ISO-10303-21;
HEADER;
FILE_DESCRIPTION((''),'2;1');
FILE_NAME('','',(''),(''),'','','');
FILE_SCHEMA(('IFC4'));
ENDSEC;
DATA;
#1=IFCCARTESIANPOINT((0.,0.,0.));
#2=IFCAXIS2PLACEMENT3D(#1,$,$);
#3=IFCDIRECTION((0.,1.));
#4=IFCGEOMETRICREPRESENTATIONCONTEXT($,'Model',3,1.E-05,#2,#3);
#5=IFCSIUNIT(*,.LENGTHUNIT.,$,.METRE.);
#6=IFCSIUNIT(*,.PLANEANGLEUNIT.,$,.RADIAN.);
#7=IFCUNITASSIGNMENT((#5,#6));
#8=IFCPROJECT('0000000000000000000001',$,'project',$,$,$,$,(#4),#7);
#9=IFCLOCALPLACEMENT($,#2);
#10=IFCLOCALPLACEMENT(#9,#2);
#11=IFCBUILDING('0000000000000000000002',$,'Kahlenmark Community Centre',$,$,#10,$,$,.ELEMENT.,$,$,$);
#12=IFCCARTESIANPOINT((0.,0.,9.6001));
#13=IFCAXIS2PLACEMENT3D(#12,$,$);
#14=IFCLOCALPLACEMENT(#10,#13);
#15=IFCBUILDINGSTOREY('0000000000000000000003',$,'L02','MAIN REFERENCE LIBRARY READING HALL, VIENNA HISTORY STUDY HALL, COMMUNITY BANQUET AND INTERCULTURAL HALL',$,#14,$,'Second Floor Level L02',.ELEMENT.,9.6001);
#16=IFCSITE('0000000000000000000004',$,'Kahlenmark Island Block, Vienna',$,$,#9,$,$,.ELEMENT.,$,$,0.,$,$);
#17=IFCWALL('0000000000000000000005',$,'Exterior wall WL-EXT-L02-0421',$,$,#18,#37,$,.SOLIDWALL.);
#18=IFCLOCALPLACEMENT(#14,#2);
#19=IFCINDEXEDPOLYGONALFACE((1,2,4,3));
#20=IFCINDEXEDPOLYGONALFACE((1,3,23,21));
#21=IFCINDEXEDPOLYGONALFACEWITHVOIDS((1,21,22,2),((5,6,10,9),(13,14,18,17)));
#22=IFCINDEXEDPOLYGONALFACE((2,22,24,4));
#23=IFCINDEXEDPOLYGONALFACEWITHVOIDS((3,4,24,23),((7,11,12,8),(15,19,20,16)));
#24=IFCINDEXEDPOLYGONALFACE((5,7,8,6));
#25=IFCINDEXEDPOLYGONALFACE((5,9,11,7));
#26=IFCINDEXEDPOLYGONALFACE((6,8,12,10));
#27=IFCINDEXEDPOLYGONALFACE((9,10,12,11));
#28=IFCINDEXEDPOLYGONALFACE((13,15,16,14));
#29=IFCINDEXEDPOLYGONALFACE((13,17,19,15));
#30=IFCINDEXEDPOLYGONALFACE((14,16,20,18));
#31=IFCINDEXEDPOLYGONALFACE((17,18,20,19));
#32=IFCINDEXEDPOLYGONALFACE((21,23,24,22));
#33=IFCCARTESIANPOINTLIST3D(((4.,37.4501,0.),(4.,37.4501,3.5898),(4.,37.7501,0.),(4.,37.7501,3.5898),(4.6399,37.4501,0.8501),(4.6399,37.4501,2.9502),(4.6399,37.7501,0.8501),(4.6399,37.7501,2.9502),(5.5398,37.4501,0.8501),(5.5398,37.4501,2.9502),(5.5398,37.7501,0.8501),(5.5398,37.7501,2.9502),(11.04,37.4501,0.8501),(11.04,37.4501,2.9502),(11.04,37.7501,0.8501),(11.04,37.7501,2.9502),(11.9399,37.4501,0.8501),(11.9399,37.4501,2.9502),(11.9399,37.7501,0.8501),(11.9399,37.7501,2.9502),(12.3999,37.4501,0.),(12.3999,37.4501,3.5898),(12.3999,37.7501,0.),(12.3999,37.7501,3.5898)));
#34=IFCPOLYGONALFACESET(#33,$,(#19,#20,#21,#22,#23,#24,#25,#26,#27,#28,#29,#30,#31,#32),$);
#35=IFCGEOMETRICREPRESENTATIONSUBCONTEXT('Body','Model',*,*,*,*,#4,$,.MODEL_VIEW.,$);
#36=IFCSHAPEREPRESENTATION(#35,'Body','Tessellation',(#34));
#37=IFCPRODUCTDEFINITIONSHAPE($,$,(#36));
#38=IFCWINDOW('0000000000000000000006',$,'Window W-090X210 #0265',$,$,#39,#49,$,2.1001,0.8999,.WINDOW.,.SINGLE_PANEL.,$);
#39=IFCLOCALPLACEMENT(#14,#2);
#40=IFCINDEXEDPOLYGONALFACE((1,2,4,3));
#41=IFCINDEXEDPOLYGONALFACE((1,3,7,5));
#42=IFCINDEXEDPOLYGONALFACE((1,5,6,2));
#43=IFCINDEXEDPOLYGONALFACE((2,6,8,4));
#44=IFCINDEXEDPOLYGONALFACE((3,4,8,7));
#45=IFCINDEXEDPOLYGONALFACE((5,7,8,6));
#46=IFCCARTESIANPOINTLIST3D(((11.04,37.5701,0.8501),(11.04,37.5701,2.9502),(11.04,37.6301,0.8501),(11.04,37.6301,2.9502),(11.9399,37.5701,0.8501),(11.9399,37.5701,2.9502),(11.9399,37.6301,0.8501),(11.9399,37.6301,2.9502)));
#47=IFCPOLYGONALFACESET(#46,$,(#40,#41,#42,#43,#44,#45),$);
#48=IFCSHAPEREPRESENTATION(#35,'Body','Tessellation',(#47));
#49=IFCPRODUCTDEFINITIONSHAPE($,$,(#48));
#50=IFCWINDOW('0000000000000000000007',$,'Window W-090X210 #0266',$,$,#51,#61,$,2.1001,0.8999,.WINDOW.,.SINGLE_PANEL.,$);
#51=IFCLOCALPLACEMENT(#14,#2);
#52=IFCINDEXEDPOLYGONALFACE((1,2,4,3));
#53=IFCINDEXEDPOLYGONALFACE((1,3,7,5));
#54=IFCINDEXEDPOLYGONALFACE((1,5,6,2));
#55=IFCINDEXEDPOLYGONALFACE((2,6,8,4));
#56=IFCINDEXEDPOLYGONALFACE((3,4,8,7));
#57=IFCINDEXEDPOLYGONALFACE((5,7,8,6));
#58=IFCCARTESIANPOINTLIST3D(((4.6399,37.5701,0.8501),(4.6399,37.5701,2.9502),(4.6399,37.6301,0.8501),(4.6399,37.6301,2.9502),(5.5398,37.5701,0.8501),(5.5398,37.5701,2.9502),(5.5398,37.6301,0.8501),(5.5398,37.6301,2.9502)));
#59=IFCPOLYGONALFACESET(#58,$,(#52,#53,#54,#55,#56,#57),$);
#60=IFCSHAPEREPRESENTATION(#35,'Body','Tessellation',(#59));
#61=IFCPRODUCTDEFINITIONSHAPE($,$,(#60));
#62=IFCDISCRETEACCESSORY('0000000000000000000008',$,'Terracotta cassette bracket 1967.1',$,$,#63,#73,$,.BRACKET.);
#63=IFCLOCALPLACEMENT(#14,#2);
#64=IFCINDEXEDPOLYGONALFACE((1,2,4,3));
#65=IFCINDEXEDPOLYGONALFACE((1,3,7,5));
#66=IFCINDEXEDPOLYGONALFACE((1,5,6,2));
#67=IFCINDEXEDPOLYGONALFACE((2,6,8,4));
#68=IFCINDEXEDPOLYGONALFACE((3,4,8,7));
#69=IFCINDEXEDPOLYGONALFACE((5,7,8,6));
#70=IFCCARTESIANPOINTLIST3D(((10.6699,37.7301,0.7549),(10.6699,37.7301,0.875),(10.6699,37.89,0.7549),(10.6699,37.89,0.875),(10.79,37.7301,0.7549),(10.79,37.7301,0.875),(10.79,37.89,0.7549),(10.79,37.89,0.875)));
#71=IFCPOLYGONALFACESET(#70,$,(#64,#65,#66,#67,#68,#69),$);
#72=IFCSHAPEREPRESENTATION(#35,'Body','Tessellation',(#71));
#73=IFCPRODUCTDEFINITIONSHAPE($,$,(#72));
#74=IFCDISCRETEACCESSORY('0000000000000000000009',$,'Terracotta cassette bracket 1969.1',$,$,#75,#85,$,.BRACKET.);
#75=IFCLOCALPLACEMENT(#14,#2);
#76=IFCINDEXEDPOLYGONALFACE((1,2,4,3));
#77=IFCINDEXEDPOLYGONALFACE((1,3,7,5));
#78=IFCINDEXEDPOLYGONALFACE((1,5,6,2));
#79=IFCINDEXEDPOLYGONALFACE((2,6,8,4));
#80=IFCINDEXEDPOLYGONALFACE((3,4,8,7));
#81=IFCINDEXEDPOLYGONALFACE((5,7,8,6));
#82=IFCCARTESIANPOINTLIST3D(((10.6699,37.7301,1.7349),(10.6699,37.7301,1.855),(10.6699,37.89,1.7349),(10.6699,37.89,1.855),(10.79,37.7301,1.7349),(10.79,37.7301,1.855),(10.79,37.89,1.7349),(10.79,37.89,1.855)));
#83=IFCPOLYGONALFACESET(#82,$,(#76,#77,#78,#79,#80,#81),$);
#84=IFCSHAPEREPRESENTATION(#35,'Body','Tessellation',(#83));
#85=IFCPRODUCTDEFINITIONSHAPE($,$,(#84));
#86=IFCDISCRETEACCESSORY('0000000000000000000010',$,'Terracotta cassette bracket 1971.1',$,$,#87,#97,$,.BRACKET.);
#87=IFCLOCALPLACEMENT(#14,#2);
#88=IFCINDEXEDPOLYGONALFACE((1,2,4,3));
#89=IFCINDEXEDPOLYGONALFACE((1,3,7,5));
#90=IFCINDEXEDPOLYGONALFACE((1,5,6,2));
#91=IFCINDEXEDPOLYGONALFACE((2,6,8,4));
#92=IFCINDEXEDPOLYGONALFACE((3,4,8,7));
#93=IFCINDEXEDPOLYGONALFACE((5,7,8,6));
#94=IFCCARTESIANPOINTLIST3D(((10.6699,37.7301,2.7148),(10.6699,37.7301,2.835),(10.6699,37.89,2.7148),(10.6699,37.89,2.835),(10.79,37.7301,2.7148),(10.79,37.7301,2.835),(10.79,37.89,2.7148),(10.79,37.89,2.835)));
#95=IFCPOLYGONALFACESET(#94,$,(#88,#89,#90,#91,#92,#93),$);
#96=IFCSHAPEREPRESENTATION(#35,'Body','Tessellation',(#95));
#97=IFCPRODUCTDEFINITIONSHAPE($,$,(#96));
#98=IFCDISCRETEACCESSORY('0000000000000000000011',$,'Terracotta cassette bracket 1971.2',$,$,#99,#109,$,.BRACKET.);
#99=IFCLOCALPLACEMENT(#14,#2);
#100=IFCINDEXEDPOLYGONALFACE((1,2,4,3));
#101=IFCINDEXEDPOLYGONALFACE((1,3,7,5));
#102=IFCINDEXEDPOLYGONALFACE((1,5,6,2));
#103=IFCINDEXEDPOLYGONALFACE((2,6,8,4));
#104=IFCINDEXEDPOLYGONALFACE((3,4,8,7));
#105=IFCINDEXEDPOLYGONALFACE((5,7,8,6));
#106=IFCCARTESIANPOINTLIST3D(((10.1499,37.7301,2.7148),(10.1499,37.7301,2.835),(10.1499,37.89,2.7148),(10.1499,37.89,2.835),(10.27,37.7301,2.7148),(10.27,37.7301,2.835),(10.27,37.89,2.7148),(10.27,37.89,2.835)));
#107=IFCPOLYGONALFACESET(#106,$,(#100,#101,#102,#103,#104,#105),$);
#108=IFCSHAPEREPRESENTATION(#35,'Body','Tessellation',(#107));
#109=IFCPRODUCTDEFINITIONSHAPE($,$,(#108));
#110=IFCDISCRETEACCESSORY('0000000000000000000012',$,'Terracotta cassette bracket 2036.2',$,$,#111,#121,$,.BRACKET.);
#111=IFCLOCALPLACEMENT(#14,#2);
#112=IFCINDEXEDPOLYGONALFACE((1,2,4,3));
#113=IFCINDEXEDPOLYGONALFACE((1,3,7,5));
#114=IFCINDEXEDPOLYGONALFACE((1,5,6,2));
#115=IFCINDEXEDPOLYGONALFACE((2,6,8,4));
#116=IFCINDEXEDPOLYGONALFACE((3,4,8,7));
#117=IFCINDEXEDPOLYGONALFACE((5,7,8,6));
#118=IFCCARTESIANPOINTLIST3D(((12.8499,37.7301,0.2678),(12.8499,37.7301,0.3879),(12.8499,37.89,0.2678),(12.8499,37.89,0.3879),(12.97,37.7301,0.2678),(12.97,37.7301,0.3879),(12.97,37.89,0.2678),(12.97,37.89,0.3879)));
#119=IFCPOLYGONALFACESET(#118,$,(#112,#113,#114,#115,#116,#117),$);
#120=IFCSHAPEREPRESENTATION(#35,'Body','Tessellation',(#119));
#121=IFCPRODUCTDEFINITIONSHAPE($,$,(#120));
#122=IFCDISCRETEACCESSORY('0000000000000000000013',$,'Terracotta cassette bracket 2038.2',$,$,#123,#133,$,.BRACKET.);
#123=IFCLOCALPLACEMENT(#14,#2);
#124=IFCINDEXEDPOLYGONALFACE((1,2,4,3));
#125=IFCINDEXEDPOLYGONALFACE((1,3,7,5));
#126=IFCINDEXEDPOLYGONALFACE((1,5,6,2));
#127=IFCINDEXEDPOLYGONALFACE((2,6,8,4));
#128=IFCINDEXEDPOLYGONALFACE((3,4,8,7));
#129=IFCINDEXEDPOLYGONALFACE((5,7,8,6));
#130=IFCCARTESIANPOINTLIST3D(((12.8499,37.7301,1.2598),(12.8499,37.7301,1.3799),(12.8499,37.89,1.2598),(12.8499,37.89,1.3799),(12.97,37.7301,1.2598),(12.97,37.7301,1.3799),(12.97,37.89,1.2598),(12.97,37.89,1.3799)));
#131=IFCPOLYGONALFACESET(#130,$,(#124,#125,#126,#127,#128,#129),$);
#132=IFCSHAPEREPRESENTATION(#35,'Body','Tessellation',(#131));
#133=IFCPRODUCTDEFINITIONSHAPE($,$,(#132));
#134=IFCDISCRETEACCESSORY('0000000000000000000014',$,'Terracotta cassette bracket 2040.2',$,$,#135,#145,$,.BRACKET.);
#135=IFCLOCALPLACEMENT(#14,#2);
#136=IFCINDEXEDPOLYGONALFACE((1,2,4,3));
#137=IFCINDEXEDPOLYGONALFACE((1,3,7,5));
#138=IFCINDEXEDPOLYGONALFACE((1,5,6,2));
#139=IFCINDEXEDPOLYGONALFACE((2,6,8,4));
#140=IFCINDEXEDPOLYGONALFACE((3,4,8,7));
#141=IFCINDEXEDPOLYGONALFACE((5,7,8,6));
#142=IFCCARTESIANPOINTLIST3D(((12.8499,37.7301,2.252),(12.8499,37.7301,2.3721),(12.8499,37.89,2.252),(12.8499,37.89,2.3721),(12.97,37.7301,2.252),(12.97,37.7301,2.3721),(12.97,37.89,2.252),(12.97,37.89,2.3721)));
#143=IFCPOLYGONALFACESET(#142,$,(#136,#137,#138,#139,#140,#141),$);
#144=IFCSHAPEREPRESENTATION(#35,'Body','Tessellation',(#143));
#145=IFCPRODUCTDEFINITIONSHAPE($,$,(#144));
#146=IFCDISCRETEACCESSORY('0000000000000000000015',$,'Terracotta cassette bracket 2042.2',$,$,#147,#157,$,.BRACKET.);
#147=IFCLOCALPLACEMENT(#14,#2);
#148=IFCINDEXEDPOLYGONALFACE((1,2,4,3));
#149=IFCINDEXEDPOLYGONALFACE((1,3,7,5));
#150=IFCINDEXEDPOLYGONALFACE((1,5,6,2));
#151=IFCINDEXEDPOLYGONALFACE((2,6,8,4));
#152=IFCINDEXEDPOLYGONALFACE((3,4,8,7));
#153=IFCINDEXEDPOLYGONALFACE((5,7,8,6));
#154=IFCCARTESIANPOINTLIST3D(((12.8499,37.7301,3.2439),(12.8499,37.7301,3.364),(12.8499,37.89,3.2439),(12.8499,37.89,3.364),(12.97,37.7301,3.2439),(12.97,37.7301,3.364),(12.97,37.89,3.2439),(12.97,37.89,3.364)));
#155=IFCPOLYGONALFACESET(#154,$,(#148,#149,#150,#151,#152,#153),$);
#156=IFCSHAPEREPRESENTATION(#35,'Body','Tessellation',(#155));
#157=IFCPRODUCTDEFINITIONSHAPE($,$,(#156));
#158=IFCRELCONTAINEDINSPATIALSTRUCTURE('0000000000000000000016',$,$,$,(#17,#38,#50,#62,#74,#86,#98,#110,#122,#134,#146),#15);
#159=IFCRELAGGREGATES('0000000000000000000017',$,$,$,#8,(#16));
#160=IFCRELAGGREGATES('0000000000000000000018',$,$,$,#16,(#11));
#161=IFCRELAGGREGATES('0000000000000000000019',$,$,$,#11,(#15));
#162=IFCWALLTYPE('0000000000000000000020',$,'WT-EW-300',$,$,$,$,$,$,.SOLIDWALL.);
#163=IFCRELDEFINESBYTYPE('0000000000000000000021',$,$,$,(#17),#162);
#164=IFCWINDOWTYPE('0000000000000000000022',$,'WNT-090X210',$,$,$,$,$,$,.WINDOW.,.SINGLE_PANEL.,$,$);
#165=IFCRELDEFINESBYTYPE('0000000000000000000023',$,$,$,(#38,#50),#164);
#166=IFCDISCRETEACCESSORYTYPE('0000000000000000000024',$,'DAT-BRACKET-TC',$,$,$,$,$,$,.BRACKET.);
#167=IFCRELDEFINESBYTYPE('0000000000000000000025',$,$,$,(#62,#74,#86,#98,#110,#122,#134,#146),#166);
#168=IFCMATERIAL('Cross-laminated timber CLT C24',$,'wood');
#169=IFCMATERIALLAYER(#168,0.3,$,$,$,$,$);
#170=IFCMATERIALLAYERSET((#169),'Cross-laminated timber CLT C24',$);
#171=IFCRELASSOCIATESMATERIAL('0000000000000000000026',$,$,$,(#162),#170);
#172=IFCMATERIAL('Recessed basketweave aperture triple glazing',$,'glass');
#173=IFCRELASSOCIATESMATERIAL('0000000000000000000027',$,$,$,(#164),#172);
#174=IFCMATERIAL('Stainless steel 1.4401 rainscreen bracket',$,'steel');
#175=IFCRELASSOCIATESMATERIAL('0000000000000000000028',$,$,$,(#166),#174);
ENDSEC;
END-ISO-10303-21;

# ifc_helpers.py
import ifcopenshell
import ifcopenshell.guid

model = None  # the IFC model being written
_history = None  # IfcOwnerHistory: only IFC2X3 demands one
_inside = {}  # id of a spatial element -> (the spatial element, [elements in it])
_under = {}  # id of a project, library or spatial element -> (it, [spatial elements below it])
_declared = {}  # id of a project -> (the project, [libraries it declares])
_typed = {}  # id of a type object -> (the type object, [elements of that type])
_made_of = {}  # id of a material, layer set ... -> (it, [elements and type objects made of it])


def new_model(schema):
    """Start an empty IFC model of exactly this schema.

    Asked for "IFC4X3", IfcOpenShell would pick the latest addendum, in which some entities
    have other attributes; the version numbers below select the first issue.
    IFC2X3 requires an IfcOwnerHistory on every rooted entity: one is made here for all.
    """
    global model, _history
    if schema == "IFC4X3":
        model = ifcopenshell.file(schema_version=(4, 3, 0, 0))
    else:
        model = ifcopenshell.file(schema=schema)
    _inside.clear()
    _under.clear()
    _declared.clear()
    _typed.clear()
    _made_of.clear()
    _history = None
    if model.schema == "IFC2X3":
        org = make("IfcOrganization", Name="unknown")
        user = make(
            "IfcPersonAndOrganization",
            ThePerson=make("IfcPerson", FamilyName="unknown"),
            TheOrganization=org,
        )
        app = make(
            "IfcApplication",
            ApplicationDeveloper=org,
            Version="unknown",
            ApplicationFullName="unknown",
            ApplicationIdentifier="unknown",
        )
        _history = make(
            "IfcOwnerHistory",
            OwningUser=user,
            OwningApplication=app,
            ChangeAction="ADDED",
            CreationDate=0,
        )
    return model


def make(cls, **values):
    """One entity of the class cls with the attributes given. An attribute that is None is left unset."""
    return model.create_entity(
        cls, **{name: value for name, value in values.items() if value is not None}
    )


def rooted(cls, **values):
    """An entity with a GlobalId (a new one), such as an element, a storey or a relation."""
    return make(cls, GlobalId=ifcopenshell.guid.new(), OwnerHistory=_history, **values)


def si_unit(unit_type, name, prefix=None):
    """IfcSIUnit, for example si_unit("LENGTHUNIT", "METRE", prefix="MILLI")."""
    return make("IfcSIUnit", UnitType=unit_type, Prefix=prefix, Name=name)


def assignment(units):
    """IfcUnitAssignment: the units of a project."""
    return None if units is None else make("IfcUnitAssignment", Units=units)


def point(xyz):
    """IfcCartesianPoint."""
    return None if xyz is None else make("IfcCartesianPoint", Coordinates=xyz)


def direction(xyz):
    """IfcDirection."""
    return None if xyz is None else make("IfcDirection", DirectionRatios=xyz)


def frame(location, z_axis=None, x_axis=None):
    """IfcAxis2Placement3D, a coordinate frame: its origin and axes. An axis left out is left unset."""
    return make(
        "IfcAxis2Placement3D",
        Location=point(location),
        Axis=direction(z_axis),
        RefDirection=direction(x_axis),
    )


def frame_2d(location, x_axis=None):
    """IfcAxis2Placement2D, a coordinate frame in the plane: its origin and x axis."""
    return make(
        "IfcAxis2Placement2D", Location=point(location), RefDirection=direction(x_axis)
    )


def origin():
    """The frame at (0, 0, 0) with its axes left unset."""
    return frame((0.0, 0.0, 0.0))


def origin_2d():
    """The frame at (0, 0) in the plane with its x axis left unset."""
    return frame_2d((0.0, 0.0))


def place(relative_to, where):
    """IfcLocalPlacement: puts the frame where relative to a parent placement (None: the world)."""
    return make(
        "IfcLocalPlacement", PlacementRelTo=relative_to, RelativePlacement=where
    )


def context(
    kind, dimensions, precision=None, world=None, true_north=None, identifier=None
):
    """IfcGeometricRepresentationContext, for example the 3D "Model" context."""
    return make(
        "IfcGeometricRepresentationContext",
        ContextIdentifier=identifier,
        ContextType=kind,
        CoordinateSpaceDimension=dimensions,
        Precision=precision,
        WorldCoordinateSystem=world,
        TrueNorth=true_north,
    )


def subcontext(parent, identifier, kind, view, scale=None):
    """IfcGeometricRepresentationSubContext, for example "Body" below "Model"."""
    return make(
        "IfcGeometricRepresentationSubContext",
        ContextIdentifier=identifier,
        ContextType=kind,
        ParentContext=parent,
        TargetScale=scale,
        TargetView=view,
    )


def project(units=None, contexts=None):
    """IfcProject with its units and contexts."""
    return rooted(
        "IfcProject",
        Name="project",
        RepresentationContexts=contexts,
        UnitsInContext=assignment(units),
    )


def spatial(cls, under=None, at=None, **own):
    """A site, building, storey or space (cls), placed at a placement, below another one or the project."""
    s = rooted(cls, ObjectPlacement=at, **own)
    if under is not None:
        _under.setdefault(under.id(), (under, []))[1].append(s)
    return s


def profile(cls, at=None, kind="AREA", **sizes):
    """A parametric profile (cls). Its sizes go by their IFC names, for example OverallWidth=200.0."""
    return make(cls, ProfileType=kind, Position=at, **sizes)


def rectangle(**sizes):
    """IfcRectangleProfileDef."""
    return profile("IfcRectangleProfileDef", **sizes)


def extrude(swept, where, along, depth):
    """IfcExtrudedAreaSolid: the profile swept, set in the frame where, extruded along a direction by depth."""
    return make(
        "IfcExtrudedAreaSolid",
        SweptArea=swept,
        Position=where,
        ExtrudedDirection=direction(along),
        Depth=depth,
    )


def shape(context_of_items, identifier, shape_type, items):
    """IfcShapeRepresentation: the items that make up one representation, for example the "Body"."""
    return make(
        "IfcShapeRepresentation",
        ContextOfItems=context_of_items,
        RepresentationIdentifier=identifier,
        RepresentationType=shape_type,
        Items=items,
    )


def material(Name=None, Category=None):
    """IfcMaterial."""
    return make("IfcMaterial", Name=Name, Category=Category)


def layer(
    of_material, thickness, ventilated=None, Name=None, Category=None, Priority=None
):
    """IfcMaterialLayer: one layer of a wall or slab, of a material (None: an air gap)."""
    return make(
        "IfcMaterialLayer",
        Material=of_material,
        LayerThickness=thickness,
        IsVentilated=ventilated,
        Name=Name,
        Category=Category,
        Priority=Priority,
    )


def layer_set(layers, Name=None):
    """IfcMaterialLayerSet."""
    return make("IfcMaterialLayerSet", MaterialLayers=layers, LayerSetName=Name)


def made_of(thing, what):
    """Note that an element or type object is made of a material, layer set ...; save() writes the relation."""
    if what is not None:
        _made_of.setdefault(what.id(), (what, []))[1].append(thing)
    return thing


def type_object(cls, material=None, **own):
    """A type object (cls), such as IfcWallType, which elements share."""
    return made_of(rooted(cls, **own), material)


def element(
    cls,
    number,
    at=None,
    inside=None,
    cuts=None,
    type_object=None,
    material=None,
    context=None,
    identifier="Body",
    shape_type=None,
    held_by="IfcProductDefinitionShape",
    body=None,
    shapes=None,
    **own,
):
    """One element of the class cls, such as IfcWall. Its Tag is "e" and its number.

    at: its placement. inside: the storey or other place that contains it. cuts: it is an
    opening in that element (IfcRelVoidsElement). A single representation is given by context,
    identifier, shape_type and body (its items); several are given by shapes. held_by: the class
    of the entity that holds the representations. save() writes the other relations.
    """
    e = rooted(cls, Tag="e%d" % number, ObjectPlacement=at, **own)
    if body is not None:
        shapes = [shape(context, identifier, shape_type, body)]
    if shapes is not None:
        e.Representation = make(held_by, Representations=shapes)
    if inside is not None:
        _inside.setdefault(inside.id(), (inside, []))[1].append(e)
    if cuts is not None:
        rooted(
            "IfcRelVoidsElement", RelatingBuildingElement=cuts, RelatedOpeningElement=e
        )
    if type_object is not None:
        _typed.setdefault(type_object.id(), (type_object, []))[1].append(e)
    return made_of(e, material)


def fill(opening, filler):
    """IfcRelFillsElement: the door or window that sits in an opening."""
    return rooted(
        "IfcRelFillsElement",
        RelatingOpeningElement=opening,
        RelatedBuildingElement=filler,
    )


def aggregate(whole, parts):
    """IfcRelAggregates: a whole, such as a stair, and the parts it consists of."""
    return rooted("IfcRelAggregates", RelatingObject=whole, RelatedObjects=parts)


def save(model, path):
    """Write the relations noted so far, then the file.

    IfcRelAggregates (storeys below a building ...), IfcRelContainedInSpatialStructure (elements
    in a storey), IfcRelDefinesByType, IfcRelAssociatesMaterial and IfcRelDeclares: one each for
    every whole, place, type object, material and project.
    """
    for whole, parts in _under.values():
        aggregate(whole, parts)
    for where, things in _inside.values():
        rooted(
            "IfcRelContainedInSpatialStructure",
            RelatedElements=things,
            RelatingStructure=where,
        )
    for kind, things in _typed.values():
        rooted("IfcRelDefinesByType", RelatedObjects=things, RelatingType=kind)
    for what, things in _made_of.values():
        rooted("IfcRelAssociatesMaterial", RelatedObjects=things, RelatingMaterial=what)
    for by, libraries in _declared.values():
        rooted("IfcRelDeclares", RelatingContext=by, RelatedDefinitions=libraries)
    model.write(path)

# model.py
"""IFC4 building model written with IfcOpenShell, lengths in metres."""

from ifc_helpers import new_model, si_unit, direction, frame, frame_2d, origin, origin_2d, place, context, subcontext, project, spatial, rectangle, extrude, material, layer, layer_set, type_object, element, fill, save


model = new_model("IFC4")

# Units and contexts
model_context = context("Model", 3, precision=1e-05, world=origin(), true_north=direction((0.0, 1.0)))
body_context = subcontext(model_context, "Body", "Model", "MODEL_VIEW")
ifc_project = project(units=[si_unit("LENGTHUNIT", "METRE"), si_unit("PLANEANGLEUNIT", "RADIAN")], contexts=[model_context])

# Site, building, storey
site_placement = place(None, origin())
site = spatial("IfcSite", under=ifc_project, at=site_placement, Name="Kahlenmark Island Block, Vienna", CompositionType="ELEMENT", RefElevation=0.0)
building_placement = place(site_placement, origin())
building = spatial("IfcBuilding", under=site, at=building_placement, Name="Kahlenmark Community Centre", CompositionType="ELEMENT")
storey_placement = place(building_placement, frame((0.0, 0.0, 9.6001)))
storey = spatial("IfcBuildingStorey", under=building, at=storey_placement, Name="L02", Description="MAIN REFERENCE LIBRARY READING HALL, VIENNA HISTORY STUDY HALL, COMMUNITY BANQUET AND INTERCULTURAL HALL", LongName="Second Floor Level L02", CompositionType="ELEMENT", Elevation=9.6001)

# Wall, openings, windows
ifc_material_1 = material(Name="Cross-laminated timber CLT C24", Category="wood")
ifc_layer_1 = layer(ifc_material_1, 0.3)
ifc_layer_set_1 = layer_set([ifc_layer_1], Name="Cross-laminated timber CLT C24")
wall_type = type_object("IfcWallType", Name="WT-EW-300", PredefinedType="SOLIDWALL", material=ifc_layer_set_1)
wall_placement = place(storey_placement, frame((12.3999, 37.6001, 0.0), z_axis=(0.0, 0.0, 1.0), x_axis=(-1.0, 0.0, 0.0)))
wall = element("IfcWall", 1, at=wall_placement, inside=storey, type_object=wall_type, Name="Exterior wall WL-EXT-L02-0421", PredefinedType="SOLIDWALL", context=body_context, shape_type="SweptSolid", body=[
    extrude(rectangle(XDim=8.3999, YDim=0.3, at=frame_2d((4.2, 0.0))), origin(), (0.0, 0.0, 1.0), 3.5898),
])
opening_1_placement = place(wall_placement, frame((0.46, 0.0, 0.8501)))
opening_1 = element("IfcOpeningElement", 2, at=opening_1_placement, cuts=wall, PredefinedType="OPENING", context=body_context, shape_type="SweptSolid", body=[
    extrude(rectangle(XDim=0.8999, YDim=2.1001, at=frame_2d((0.45, 1.05))), frame((0.0, 0.1599, 0.0), z_axis=(0.0, -1.0, 0.0), x_axis=(1.0, 0.0, 0.0)), (0.0, 0.0, 1.0), 0.3201),
])
opening_2_placement = place(wall_placement, frame((6.8601, 0.0, 0.8501)))
opening_2 = element("IfcOpeningElement", 3, at=opening_2_placement, cuts=wall, PredefinedType="OPENING", context=body_context, shape_type="SweptSolid", body=[
    extrude(rectangle(XDim=0.8999, YDim=2.1001, at=frame_2d((0.45, 1.05))), frame((0.0, 0.1599, 0.0), z_axis=(0.0, -1.0, 0.0), x_axis=(1.0, 0.0, 0.0)), (0.0, 0.0, 1.0), 0.3201),
])
ifc_material_2 = material(Name="Recessed basketweave aperture triple glazing", Category="glass")
window_type = type_object("IfcWindowType", Name="WNT-090X210", PartitioningType="SINGLE_PANEL", PredefinedType="WINDOW", material=ifc_material_2)
window_1_placement = place(opening_1_placement, origin())
window_1 = element("IfcWindow", 4, at=window_1_placement, inside=storey, type_object=window_type, Name="Window W-090X210 #0265", OverallHeight=2.1001, OverallWidth=0.8999, PartitioningType="SINGLE_PANEL", PredefinedType="WINDOW", context=body_context, shape_type="SweptSolid", body=[
    extrude(rectangle(XDim=0.8999, YDim=2.1001, at=frame_2d((0.45, 1.05))), frame((0.0, 0.03, 0.0), z_axis=(0.0, -1.0, 0.0), x_axis=(1.0, 0.0, 0.0)), (0.0, 0.0, 1.0), 0.0601),
])
fill(opening_1, window_1)
window_2_placement = place(opening_2_placement, origin())
window_2 = element("IfcWindow", 5, at=window_2_placement, inside=storey, type_object=window_type, Name="Window W-090X210 #0266", OverallHeight=2.1001, OverallWidth=0.8999, PartitioningType="SINGLE_PANEL", PredefinedType="WINDOW", context=body_context, shape_type="SweptSolid", body=[
    extrude(rectangle(XDim=0.8999, YDim=2.1001, at=frame_2d((0.45, 1.05))), frame((0.0, 0.03, 0.0), z_axis=(0.0, -1.0, 0.0), x_axis=(1.0, 0.0, 0.0)), (0.0, 0.0, 1.0), 0.0601),
])
fill(opening_2, window_2)

# Discrete accessories
ifc_material_3 = material(Name="Stainless steel 1.4401 rainscreen bracket", Category="steel")
discrete_accessory_type = type_object("IfcDiscreteAccessoryType", Name="DAT-BRACKET-TC", PredefinedType="BRACKET", material=ifc_material_3)
for number, where, z_axis, x_axis, name in (
    (6, (10.73, 37.8101, 0.7549), (0.0, 0.0, 1.0), (-1.0, 0.0, 0.0), "Terracotta cassette bracket 1967.1"),
    (7, (10.73, 37.8101, 1.7349), (0.0, 0.0, 1.0), (-1.0, 0.0, 0.0), "Terracotta cassette bracket 1969.1"),
    (8, (10.73, 37.8101, 2.7148), (0.0, 0.0, 1.0), (-1.0, 0.0, 0.0), "Terracotta cassette bracket 1971.1"),
    (9, (10.21, 37.8101, 2.7148), (0.0, 0.0, 1.0), (-1.0, 0.0, 0.0), "Terracotta cassette bracket 1971.2"),
    (10, (12.9099, 37.8101, 0.2678), (0.0, 0.0, 1.0), (-1.0, 0.0, 0.0), "Terracotta cassette bracket 2036.2"),
    (11, (12.9099, 37.8101, 1.2598), (0.0, 0.0, 1.0), (-1.0, 0.0, 0.0), "Terracotta cassette bracket 2038.2"),
    (12, (12.9099, 37.8101, 2.252), (0.0, 0.0, 1.0), (-1.0, 0.0, 0.0), "Terracotta cassette bracket 2040.2"),
    (13, (12.9099, 37.8101, 3.2439), (0.0, 0.0, 1.0), (-1.0, 0.0, 0.0), "Terracotta cassette bracket 2042.2"),
):
    element("IfcDiscreteAccessory", number, at=place(storey_placement, frame(where, z_axis=z_axis, x_axis=x_axis)), inside=storey, type_object=discrete_accessory_type, Name=name, PredefinedType="BRACKET", context=body_context, shape_type="SweptSolid", body=[
        extrude(rectangle(XDim=0.1201, YDim=0.1599, at=origin_2d()), origin(), (0.0, 0.0, 1.0), 0.1201),
    ])

save(model, "model.ifc")
